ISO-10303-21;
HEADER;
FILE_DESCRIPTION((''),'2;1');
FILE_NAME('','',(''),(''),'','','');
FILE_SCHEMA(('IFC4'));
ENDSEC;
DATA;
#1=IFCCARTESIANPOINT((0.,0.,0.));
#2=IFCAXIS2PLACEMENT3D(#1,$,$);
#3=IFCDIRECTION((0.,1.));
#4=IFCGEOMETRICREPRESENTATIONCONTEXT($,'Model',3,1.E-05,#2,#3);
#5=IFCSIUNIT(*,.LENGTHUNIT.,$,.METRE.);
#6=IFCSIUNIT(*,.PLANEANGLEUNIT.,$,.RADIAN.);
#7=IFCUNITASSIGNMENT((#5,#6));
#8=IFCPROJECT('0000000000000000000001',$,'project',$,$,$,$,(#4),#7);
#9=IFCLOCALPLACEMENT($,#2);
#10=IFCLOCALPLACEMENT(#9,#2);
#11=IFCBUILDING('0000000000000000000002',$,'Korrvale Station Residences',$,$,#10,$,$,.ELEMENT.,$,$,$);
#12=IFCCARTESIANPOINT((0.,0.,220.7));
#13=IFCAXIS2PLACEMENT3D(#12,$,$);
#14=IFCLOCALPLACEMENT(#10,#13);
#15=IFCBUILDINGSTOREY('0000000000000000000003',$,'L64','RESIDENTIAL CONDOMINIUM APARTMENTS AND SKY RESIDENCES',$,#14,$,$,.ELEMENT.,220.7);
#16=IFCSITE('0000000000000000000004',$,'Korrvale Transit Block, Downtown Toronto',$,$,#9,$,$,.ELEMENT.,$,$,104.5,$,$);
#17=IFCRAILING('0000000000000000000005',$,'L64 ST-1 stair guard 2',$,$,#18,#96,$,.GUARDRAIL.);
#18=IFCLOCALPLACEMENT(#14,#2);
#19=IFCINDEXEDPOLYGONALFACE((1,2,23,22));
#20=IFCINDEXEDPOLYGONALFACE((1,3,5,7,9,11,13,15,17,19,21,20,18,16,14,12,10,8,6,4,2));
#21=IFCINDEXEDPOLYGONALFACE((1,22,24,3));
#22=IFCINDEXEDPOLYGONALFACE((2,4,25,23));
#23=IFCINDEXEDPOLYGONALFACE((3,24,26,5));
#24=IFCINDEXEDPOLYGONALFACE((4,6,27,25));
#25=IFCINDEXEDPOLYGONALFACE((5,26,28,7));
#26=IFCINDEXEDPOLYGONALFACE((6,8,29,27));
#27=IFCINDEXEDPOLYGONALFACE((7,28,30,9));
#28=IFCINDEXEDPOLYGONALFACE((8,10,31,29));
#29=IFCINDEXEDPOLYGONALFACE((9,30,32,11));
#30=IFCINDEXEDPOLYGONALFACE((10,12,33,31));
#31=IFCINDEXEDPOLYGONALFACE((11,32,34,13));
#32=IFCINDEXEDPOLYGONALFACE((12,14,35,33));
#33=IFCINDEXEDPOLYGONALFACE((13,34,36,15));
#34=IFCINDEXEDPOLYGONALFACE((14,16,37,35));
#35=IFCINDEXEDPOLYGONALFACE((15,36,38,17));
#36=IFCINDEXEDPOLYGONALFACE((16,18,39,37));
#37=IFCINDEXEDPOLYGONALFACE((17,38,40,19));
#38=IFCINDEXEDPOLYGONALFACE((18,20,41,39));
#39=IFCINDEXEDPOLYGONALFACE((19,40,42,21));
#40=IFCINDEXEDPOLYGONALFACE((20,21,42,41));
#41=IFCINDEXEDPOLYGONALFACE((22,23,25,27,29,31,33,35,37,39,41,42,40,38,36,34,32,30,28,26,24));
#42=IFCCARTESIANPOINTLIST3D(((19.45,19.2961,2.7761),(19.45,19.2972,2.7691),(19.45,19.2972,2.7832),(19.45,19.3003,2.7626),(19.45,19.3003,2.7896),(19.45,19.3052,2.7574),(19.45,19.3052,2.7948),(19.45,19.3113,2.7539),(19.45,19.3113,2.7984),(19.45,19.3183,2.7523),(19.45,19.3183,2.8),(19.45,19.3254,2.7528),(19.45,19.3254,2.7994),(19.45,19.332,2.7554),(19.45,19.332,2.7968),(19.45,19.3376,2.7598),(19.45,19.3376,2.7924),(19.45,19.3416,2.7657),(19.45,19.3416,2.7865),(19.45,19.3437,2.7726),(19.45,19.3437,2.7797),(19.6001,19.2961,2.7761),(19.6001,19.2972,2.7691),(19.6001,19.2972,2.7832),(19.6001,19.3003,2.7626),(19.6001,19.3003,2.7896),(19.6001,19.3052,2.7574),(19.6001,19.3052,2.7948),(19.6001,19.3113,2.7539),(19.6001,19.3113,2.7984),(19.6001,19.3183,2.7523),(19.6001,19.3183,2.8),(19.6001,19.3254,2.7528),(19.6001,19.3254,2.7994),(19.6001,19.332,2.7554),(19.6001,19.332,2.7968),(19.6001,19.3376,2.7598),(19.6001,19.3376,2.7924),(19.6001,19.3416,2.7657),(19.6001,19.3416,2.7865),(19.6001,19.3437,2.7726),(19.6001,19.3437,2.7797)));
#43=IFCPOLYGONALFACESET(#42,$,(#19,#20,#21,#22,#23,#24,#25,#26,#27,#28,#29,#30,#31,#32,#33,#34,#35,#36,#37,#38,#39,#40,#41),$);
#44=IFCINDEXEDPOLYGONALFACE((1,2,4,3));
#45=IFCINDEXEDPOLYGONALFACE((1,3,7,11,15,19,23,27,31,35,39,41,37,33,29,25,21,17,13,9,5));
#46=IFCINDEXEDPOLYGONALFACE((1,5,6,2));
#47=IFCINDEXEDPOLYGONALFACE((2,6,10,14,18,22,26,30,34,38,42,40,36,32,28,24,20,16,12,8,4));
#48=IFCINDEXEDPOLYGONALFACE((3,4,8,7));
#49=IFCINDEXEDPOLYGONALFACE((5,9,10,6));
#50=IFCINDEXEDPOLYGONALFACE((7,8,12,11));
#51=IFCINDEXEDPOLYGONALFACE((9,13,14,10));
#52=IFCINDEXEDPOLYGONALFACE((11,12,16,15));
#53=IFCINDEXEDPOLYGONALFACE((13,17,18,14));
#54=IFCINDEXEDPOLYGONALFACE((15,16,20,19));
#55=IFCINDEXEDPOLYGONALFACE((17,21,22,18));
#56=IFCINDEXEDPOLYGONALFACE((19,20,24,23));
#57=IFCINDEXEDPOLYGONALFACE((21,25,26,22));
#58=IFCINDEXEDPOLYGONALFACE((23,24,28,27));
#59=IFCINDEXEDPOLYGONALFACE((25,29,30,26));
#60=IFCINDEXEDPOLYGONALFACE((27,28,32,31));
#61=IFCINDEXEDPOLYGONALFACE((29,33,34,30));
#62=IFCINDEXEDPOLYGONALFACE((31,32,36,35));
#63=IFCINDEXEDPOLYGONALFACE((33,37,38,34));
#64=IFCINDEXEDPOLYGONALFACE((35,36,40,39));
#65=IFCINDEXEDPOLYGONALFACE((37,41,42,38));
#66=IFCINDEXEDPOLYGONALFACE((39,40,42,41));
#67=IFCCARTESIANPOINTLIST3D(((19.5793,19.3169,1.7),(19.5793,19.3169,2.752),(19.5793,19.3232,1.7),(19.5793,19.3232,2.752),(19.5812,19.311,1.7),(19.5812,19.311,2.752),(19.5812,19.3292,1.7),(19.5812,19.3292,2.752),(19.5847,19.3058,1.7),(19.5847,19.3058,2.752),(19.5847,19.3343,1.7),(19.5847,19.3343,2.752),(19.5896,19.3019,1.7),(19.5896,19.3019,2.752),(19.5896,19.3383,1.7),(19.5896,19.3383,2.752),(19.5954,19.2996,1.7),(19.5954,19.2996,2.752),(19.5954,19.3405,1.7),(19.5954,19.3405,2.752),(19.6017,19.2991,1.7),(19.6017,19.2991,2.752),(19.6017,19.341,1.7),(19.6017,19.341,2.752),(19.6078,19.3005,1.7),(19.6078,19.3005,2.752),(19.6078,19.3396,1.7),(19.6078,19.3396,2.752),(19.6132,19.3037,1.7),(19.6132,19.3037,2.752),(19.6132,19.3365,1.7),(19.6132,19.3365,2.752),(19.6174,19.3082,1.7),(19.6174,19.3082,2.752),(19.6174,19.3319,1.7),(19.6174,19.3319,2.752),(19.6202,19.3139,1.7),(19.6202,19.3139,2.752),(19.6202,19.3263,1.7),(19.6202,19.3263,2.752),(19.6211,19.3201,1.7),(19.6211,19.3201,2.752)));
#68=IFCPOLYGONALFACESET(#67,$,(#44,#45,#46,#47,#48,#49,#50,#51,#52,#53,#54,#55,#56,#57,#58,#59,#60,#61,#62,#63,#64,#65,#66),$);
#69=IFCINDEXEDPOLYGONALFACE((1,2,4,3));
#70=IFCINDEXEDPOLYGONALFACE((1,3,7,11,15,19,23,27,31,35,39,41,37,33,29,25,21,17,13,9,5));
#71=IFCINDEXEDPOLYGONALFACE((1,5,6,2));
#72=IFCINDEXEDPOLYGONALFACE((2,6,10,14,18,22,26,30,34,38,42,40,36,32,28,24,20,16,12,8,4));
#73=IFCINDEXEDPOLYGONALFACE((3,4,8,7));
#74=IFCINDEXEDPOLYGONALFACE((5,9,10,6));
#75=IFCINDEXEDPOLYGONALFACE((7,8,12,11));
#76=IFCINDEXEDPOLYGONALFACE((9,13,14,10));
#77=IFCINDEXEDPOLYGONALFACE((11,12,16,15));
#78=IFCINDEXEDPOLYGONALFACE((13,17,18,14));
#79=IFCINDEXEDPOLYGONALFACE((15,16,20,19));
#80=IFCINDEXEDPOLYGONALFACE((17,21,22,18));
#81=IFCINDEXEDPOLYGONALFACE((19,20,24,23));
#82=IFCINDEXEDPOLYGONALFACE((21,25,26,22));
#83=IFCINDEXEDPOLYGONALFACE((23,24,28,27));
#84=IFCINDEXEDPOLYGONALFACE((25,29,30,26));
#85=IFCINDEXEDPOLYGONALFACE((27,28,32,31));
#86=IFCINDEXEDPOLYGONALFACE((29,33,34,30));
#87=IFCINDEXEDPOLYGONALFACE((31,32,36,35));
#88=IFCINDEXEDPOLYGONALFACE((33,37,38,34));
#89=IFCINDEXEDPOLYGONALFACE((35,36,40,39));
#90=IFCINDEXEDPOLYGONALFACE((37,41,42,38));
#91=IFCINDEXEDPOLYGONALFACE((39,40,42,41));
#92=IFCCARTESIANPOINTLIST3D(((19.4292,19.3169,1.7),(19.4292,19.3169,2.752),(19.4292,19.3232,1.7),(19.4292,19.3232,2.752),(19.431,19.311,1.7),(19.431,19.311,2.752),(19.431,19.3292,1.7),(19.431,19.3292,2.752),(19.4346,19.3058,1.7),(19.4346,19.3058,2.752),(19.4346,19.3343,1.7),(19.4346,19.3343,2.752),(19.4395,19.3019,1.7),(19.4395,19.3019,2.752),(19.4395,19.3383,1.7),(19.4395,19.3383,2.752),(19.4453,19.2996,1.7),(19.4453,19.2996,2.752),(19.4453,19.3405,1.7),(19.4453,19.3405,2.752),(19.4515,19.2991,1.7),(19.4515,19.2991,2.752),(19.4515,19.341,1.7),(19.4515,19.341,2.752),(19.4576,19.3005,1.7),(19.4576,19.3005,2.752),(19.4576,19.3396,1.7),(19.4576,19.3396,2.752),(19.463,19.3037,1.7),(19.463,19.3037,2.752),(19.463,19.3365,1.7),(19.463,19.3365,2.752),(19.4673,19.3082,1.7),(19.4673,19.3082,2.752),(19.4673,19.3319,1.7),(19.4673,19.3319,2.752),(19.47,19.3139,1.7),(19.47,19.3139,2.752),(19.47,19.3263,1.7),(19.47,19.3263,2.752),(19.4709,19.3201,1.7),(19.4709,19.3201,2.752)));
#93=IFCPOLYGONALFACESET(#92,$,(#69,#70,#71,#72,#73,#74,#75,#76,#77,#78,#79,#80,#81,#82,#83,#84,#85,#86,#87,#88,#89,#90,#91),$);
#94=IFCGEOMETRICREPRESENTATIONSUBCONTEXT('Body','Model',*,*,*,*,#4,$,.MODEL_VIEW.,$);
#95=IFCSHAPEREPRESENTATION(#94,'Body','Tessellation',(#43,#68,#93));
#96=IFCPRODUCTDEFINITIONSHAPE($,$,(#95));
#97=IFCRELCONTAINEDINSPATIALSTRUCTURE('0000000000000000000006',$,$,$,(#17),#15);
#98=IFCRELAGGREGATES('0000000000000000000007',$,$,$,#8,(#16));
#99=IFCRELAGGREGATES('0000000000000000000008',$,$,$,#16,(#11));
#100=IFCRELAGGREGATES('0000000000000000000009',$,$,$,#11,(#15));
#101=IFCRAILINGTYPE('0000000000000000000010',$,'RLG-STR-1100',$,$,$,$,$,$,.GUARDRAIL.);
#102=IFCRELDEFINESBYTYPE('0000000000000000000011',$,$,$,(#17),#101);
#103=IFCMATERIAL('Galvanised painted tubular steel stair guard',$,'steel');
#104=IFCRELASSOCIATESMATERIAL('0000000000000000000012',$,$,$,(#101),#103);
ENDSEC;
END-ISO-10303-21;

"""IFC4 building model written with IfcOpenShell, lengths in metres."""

from ifc_helpers import new_model, si_unit, direction, frame, origin, origin_2d, place, context, subcontext, project, spatial, circle, extrude, material, type_object, element, save


model = new_model("IFC4")

# Units and contexts
model_context = context("Model", 3, precision=1e-05, world=origin(), true_north=direction((0.0, 1.0)))
body_context = subcontext(model_context, "Body", "Model", "MODEL_VIEW")
ifc_project = project(units=[si_unit("LENGTHUNIT", "METRE"), si_unit("PLANEANGLEUNIT", "RADIAN")], contexts=[model_context])

# Site, building, storey
site_placement = place(None, origin())
site = spatial("IfcSite", under=ifc_project, at=site_placement, Name="Korrvale Transit Block, Downtown Toronto", CompositionType="ELEMENT", RefElevation=104.5)
building_placement = place(site_placement, origin())
building = spatial("IfcBuilding", under=site, at=building_placement, Name="Korrvale Station Residences", CompositionType="ELEMENT")
storey_placement = place(building_placement, frame((0.0, 0.0, 220.7)))
storey = spatial("IfcBuildingStorey", under=building, at=storey_placement, Name="L64", Description="RESIDENTIAL CONDOMINIUM APARTMENTS AND SKY RESIDENCES", CompositionType="ELEMENT", Elevation=220.7)

# Railing
ifc_material_1 = material(Name="Galvanised painted tubular steel stair guard", Category="steel")
railing_type_1 = type_object("IfcRailingType", Name="RLG-STR-1100", PredefinedType="GUARDRAIL", material=ifc_material_1)
railing_1_placement = place(storey_placement, frame((19.6001, 19.3201, 1.7)))
element("IfcRailing", 1, at=railing_1_placement, inside=storey, type_object=railing_type_1, Name="L64 ST-1 stair guard 2", PredefinedType="GUARDRAIL", context=body_context, shape_type="SweptSolid", body=[
    extrude(circle(Radius=0.0239, at=origin_2d()), frame((0.0, 0.0, 1.0762), z_axis=(-1.0, 0.0, 0.0), x_axis=(0.0, -1.0, 0.0)), (0.0, 0.0, 1.0), 0.1501),
    extrude(circle(Radius=0.021, at=origin_2d()), origin(), (0.0, 0.0, 1.0), 1.052),
    extrude(circle(Radius=0.021, at=origin_2d()), frame((-0.1501, 0.0, 0.0)), (0.0, 0.0, 1.0), 1.052),
])

save(model, "model.ifc")
